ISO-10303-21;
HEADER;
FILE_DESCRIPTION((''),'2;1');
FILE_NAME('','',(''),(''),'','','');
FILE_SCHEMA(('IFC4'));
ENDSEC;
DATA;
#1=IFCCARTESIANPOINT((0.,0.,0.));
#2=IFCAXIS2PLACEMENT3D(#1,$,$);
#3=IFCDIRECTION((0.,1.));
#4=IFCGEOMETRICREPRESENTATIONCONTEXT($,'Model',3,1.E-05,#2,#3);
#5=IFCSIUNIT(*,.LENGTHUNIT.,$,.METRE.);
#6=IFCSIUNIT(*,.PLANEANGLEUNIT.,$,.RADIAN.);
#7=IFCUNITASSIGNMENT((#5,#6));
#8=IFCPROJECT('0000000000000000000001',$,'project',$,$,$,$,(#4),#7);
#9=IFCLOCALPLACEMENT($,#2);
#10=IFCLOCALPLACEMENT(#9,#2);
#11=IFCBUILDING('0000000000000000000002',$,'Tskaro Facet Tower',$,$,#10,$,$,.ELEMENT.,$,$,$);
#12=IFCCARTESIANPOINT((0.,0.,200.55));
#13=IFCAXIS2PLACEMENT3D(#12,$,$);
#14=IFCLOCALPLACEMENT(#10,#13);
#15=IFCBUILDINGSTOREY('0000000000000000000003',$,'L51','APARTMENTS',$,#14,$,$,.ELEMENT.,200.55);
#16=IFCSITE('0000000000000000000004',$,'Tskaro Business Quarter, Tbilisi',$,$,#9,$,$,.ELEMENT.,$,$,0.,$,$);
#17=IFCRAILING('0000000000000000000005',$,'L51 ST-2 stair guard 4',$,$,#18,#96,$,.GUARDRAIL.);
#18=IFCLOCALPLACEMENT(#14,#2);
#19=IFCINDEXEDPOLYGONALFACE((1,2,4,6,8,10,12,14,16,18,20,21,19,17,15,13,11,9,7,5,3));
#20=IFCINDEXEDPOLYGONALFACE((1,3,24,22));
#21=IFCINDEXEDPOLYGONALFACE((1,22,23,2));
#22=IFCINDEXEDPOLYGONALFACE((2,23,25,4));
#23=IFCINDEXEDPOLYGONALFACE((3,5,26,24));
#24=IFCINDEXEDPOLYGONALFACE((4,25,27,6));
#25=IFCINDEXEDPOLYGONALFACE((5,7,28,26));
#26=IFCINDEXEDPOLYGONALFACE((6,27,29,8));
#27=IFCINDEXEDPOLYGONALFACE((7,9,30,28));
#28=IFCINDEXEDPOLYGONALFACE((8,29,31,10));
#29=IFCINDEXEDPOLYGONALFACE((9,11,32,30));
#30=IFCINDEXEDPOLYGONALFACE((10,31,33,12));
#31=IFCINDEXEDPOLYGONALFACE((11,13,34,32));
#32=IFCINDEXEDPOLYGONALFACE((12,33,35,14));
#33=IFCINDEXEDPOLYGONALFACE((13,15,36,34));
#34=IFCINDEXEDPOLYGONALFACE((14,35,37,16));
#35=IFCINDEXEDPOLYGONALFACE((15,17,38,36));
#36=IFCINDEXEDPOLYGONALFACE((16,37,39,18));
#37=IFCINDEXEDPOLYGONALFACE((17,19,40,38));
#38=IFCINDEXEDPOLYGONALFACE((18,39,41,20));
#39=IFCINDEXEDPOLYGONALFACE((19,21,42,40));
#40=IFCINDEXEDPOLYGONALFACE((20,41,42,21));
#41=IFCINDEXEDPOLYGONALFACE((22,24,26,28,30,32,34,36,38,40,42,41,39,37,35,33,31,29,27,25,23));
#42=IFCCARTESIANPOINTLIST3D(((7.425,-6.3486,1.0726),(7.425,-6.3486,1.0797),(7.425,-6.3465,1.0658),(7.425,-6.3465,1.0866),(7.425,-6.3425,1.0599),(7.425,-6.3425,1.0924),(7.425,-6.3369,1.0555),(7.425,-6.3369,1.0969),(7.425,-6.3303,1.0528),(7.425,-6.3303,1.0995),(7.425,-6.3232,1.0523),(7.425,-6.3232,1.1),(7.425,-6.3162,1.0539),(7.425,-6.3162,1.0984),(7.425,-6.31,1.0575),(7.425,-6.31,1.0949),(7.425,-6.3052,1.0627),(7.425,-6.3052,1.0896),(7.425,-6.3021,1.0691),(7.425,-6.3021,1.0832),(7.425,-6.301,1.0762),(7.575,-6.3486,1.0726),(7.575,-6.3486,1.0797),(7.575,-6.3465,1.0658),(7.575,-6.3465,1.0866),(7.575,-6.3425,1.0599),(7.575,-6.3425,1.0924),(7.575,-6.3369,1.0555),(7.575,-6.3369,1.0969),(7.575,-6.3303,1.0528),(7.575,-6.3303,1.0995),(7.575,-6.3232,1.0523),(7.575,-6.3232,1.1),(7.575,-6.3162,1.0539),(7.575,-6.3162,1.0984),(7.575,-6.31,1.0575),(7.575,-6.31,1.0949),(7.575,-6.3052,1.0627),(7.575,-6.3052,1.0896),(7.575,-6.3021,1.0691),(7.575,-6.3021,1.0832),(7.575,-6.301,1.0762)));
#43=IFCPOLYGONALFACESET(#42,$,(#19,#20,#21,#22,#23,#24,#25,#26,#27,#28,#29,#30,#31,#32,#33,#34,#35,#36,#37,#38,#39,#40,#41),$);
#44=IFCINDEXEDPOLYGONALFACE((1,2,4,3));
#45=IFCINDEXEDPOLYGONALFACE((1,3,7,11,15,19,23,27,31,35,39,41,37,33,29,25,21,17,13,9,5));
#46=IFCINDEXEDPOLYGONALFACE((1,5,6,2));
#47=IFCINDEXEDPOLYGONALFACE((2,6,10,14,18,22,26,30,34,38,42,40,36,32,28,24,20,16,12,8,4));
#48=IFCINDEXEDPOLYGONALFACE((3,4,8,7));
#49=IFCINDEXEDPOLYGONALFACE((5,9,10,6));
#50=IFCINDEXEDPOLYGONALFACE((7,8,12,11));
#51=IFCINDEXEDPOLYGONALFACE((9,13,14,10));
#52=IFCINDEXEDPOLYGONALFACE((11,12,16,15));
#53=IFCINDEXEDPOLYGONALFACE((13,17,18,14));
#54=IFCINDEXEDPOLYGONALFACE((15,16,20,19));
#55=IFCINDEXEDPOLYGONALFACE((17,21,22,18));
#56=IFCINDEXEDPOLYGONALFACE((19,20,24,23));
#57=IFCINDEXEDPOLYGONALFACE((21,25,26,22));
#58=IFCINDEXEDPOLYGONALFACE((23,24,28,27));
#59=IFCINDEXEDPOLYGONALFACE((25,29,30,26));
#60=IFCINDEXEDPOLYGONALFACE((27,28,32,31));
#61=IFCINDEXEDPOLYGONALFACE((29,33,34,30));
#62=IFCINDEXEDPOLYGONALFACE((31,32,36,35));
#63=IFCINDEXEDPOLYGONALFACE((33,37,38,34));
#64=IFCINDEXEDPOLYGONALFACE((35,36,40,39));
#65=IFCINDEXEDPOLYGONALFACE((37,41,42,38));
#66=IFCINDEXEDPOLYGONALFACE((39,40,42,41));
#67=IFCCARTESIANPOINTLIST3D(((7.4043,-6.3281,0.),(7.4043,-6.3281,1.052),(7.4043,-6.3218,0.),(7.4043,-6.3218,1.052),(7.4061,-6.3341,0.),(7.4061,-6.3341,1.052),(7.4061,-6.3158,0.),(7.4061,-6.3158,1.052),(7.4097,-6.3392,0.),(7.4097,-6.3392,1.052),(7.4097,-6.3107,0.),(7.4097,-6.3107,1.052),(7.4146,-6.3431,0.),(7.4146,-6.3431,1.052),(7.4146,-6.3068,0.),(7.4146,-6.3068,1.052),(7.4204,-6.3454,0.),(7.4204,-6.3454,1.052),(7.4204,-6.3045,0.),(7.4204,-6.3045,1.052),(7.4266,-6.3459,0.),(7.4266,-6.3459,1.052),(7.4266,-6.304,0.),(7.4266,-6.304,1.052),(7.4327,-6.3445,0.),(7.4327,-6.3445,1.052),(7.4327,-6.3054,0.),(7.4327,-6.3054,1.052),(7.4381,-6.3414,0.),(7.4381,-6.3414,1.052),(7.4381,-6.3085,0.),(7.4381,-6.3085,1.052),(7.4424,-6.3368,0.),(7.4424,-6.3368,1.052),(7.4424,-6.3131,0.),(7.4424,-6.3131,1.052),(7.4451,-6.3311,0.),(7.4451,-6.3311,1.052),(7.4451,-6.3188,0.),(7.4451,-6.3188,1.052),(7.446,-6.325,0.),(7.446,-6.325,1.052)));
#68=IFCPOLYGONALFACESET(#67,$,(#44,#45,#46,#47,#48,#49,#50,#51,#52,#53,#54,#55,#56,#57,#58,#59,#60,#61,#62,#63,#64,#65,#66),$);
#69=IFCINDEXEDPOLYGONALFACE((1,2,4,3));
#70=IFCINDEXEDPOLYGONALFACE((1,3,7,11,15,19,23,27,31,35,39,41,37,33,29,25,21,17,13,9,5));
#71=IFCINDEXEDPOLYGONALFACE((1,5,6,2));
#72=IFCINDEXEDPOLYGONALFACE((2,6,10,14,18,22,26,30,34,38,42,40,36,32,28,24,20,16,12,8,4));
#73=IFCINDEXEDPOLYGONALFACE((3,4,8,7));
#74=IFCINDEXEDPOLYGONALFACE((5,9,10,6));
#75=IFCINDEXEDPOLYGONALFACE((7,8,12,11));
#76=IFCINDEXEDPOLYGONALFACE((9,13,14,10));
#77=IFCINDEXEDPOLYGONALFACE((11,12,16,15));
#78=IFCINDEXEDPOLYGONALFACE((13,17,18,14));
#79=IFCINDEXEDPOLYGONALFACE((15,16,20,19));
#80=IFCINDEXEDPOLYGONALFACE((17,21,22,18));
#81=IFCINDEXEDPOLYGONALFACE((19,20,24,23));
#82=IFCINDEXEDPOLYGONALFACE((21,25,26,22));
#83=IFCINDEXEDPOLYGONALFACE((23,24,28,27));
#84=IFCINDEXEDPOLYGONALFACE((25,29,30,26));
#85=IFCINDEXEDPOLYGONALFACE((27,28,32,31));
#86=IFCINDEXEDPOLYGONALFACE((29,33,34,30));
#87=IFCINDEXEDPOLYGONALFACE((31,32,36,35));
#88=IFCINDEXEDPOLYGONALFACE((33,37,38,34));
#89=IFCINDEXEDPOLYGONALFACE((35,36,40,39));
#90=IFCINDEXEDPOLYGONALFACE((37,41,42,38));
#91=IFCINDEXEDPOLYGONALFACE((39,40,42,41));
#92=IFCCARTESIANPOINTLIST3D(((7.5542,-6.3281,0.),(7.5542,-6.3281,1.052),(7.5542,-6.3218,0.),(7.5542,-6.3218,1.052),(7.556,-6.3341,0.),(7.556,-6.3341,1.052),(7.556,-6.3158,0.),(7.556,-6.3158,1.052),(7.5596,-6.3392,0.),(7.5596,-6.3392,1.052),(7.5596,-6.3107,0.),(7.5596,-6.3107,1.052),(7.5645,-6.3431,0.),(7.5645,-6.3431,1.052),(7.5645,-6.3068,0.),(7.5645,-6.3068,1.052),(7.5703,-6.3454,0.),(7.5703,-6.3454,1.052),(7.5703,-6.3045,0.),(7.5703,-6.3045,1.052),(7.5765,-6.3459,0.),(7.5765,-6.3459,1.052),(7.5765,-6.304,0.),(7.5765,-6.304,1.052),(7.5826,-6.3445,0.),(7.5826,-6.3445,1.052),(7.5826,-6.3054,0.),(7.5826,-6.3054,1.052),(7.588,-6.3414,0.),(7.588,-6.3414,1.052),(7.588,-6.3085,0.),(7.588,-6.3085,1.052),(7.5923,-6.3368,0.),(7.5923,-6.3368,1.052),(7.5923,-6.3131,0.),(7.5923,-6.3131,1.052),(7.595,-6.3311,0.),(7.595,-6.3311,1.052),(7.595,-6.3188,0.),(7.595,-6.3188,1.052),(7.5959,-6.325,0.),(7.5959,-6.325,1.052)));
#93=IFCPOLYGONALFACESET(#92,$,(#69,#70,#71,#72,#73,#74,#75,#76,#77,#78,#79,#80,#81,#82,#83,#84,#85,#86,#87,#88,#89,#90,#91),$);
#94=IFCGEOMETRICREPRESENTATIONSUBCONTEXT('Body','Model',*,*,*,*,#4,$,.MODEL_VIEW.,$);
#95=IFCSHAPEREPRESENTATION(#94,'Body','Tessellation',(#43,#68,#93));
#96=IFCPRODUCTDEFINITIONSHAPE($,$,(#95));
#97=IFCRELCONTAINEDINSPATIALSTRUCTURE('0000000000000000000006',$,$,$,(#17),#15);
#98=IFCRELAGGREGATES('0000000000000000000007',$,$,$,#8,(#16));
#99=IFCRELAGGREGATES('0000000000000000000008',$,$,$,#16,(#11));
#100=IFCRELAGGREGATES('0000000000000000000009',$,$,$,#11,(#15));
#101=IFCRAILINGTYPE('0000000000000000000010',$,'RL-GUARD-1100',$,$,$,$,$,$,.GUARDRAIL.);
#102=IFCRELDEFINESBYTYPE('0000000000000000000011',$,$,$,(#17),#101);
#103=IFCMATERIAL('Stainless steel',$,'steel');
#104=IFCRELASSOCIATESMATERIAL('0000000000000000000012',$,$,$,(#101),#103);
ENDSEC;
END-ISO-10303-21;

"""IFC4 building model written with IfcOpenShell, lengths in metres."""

from ifc_helpers import new_model, si_unit, direction, frame, origin, origin_2d, place, context, subcontext, project, spatial, circle, extrude, material, type_object, element, save


model = new_model("IFC4")

# Units and contexts
model_context = context("Model", 3, precision=1e-05, world=origin(), true_north=direction((0.0, 1.0)))
body_context = subcontext(model_context, "Body", "Model", "MODEL_VIEW")
ifc_project = project(units=[si_unit("LENGTHUNIT", "METRE"), si_unit("PLANEANGLEUNIT", "RADIAN")], contexts=[model_context])

# Site, building, storey
site_placement = place(None, origin())
site = spatial("IfcSite", under=ifc_project, at=site_placement, Name="Tskaro Business Quarter, Tbilisi", CompositionType="ELEMENT", RefElevation=0.0)
building_placement = place(site_placement, origin())
building = spatial("IfcBuilding", under=site, at=building_placement, Name="Tskaro Facet Tower", CompositionType="ELEMENT")
storey_placement = place(building_placement, frame((0.0, 0.0, 200.55)))
storey = spatial("IfcBuildingStorey", under=building, at=storey_placement, Name="L51", Description="APARTMENTS", CompositionType="ELEMENT", Elevation=200.55)

# Shared definitions
ifc_material_1 = material(Name="Stainless steel", Category="steel")

# Railing
railing_type = type_object("IfcRailingType", Name="RL-GUARD-1100", PredefinedType="GUARDRAIL", material=ifc_material_1)
railing_1_placement = place(storey_placement, frame((7.425, -6.325, 0.0)))
element("IfcRailing", 1, at=railing_1_placement, inside=storey, type_object=railing_type, Name="L51 ST-2 stair guard 4", PredefinedType="GUARDRAIL", context=body_context, shape_type="SweptSolid", body=[
    extrude(circle(Radius=0.0239, at=origin_2d()), frame((0.0, 0.0, 1.0762), z_axis=(1.0, 0.0, 0.0), x_axis=(0.0, 1.0, 0.0)), (0.0, 0.0, 1.0), 0.1499),
    extrude(circle(Radius=0.021, at=origin_2d()), origin(), (0.0, 0.0, 1.0), 1.052),
    extrude(circle(Radius=0.021, at=origin_2d()), frame((0.1499, 0.0, 0.0)), (0.0, 0.0, 1.0), 1.052),
])

save(model, "model.ifc")
